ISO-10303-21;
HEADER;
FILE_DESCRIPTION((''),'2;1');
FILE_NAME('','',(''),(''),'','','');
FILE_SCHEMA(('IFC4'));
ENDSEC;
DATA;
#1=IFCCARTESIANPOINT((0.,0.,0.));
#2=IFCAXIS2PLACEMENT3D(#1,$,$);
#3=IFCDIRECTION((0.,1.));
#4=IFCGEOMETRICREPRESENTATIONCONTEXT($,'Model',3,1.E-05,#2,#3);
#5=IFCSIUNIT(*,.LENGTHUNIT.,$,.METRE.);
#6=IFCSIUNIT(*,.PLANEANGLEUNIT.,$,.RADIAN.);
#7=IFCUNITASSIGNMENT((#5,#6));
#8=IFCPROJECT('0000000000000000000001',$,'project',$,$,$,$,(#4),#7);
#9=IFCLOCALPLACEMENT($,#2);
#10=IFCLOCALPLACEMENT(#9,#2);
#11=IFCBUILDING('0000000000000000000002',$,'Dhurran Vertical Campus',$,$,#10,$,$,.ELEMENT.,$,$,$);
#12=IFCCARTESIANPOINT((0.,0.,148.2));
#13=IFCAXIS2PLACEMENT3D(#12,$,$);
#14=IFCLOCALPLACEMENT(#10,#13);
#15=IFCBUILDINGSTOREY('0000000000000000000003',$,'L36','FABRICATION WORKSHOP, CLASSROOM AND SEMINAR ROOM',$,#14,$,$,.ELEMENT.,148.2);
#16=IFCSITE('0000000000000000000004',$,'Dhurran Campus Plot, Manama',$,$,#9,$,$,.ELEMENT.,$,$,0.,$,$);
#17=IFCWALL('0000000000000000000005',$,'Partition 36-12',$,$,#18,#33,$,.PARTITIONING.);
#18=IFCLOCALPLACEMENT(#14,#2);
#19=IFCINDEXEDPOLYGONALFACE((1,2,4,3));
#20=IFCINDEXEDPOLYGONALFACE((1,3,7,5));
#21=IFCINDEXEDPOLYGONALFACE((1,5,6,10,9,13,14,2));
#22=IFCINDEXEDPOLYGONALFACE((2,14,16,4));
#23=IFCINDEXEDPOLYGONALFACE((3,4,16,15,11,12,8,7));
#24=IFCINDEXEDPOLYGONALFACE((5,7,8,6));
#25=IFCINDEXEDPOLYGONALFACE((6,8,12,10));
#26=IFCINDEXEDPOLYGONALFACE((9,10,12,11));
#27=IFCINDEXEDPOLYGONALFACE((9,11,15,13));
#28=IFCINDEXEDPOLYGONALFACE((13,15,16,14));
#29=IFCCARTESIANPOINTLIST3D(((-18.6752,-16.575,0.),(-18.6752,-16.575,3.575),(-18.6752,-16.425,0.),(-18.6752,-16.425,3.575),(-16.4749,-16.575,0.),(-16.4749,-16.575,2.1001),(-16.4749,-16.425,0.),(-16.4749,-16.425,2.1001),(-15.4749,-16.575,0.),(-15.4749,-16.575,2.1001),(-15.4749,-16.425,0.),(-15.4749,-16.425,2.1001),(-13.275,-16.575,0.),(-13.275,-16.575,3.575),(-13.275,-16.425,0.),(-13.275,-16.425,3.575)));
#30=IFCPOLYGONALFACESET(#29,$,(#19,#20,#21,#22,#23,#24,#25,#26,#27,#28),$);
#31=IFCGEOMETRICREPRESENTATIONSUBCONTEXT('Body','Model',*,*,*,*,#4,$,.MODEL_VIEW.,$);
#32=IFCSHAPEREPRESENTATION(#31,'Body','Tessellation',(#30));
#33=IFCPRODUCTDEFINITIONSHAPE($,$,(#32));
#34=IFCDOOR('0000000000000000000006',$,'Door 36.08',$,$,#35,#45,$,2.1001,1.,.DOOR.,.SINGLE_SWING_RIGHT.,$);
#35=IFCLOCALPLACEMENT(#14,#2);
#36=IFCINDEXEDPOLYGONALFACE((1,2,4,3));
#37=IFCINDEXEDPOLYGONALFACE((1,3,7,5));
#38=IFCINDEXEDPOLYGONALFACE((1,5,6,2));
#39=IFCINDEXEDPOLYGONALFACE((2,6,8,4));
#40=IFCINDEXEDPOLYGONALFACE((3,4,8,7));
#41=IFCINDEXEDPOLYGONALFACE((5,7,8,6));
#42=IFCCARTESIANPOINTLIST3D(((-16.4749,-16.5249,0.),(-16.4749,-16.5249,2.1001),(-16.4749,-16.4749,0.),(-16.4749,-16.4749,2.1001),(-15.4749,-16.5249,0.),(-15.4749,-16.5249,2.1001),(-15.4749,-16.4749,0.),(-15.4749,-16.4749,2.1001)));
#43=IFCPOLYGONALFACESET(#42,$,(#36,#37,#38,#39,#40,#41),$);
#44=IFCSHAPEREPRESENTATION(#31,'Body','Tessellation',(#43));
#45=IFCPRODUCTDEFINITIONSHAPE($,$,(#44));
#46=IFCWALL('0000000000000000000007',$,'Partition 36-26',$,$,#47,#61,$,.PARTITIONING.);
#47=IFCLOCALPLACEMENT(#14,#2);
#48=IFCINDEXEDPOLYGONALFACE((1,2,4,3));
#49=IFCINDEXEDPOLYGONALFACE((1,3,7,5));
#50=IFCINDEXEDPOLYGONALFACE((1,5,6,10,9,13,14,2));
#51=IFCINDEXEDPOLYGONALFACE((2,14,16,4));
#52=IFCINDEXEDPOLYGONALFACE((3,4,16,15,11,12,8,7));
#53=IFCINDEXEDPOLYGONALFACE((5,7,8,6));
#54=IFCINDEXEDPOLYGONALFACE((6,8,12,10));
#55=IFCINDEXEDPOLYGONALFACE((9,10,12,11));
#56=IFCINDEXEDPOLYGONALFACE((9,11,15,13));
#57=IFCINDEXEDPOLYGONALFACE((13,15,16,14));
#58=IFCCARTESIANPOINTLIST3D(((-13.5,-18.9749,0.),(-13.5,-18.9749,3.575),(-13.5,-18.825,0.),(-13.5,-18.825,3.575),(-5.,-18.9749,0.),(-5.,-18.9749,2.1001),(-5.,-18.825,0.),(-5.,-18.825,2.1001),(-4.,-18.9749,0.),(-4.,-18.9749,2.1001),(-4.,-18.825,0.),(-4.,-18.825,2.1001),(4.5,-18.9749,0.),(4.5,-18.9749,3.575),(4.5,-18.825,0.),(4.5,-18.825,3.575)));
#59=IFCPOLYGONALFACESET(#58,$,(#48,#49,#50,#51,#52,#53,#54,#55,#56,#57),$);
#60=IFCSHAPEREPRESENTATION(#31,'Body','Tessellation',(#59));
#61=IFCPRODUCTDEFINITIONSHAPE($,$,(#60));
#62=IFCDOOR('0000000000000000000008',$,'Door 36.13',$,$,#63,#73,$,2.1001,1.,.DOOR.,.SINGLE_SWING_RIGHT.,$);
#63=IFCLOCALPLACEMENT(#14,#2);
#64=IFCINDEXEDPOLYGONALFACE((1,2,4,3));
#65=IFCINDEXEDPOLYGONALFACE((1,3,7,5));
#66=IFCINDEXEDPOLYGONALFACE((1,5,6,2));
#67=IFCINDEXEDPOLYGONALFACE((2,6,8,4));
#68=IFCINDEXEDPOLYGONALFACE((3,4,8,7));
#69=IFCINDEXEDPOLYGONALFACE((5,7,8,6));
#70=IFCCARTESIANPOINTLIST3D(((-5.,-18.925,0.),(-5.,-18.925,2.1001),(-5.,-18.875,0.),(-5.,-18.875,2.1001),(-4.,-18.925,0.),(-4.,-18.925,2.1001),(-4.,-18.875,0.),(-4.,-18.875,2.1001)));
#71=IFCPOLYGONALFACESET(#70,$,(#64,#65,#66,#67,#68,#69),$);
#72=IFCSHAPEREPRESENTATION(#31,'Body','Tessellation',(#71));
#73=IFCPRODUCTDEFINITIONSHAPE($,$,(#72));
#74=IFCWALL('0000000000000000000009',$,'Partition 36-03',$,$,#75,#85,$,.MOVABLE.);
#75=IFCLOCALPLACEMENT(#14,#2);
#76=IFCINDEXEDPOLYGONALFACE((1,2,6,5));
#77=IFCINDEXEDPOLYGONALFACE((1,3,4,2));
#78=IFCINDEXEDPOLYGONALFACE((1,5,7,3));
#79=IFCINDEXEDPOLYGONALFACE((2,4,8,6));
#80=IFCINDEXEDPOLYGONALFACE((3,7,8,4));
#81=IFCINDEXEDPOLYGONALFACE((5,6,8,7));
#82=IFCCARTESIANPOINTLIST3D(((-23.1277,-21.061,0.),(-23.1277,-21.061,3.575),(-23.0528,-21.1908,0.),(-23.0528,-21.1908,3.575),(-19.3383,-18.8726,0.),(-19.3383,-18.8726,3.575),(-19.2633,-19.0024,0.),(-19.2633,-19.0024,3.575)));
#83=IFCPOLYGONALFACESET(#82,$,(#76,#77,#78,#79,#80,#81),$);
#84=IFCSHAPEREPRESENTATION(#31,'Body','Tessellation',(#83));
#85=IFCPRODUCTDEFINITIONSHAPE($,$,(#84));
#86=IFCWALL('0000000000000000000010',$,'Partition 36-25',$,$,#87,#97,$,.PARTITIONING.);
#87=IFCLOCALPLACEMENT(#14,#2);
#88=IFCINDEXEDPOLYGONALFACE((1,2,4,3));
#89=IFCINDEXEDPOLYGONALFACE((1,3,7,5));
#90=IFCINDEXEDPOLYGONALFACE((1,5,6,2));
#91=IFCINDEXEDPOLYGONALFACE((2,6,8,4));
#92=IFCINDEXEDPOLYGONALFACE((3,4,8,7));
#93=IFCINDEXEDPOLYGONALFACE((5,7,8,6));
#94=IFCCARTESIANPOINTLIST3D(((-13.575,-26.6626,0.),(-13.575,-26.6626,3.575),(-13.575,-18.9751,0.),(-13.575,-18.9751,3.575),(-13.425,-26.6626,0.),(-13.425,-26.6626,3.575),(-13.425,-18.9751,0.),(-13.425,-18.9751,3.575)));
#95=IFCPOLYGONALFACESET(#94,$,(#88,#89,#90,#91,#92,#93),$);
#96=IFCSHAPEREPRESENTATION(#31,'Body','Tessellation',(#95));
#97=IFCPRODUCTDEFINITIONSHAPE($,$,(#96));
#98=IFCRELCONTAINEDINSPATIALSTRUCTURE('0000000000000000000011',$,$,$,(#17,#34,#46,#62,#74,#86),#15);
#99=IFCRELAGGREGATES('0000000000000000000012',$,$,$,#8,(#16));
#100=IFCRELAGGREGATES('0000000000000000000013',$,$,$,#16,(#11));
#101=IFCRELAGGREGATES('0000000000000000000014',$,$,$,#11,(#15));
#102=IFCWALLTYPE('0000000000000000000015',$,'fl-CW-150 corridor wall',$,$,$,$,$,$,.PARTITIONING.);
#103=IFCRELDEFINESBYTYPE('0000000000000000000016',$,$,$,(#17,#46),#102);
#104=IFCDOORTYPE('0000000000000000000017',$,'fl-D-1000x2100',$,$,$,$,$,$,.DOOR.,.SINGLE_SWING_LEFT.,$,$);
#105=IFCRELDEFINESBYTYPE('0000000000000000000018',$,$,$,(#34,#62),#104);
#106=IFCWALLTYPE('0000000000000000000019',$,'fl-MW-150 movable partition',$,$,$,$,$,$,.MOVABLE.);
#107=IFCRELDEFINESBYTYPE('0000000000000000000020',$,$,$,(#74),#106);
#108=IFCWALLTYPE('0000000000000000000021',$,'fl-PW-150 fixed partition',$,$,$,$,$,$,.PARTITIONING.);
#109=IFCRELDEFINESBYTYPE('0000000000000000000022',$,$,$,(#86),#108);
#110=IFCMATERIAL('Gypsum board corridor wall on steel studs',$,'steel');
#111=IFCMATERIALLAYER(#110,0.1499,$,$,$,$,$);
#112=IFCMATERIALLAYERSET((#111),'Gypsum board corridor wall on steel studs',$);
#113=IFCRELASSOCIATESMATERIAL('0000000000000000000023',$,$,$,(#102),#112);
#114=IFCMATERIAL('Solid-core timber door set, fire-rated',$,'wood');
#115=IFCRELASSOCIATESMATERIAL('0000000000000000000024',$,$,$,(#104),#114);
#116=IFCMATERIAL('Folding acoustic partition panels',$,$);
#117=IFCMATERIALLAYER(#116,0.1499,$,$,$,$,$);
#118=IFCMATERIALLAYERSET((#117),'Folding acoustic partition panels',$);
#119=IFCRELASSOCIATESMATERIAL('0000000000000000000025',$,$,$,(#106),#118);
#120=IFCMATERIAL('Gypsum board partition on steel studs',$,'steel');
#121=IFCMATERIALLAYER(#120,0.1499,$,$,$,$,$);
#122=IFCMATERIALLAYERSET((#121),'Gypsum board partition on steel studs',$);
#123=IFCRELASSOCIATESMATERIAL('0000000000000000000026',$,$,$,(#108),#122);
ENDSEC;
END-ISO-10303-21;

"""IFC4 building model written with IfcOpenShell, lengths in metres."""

from ifc_helpers import new_model, si_unit, direction, frame, frame_2d, origin, place, context, subcontext, project, spatial, rectangle, extrude, material, layer, layer_set, type_object, element, fill, save


model = new_model("IFC4")

# Units and contexts
model_context = context("Model", 3, precision=1e-05, world=origin(), true_north=direction((0.0, 1.0)))
body_context = subcontext(model_context, "Body", "Model", "MODEL_VIEW")
ifc_project = project(units=[si_unit("LENGTHUNIT", "METRE"), si_unit("PLANEANGLEUNIT", "RADIAN")], contexts=[model_context])

# Site, building, storey
site_placement = place(None, origin())
site = spatial("IfcSite", under=ifc_project, at=site_placement, Name="Dhurran Campus Plot, Manama", CompositionType="ELEMENT", RefElevation=0.0)
building_placement = place(site_placement, origin())
building = spatial("IfcBuilding", under=site, at=building_placement, Name="Dhurran Vertical Campus", CompositionType="ELEMENT")
storey_placement = place(building_placement, frame((0.0, 0.0, 148.2)))
storey = spatial("IfcBuildingStorey", under=building, at=storey_placement, Name="L36", Description="FABRICATION WORKSHOP, CLASSROOM AND SEMINAR ROOM", CompositionType="ELEMENT", Elevation=148.2)

# Shared definitions
ifc_material_1 = material(Name="Gypsum board corridor wall on steel studs", Category="steel")
ifc_layer_1 = layer(ifc_material_1, 0.1499)
ifc_layer_set_1 = layer_set([ifc_layer_1], Name="Gypsum board corridor wall on steel studs")
wall_type_1 = type_object("IfcWallType", Name="fl-CW-150 corridor wall", PredefinedType="PARTITIONING", material=ifc_layer_set_1)

# Shared definitions
ifc_material_2 = material(Name="Solid-core timber door set, fire-rated", Category="wood")
door_type = type_object("IfcDoorType", Name="fl-D-1000x2100", OperationType="SINGLE_SWING_LEFT", PredefinedType="DOOR", material=ifc_material_2)

# Walls, openings, doors
wall_1_placement = place(storey_placement, frame((-13.2749, -16.5, 0.0), z_axis=(0.0, 0.0, 1.0), x_axis=(-1.0, 0.0, 0.0)))
wall_1 = element("IfcWall", 1, at=wall_1_placement, inside=storey, type_object=wall_type_1, Name="Partition 36-12", PredefinedType="PARTITIONING", context=body_context, shape_type="SweptSolid", body=[
    extrude(rectangle(XDim=5.4001, YDim=0.1499, at=frame_2d((2.7002, 0.0))), origin(), (0.0, 0.0, 1.0), 3.575),
])
opening_1_placement = place(wall_1_placement, frame((2.2, 0.0, 0.0)))
opening_1 = element("IfcOpeningElement", 2, at=opening_1_placement, cuts=wall_1, PredefinedType="OPENING", context=body_context, shape_type="SweptSolid", body=[
    extrude(rectangle(XDim=1.0, YDim=2.1001, at=frame_2d((0.5, 1.05))), frame((0.0, 0.085, 0.0), z_axis=(0.0, -1.0, 0.0), x_axis=(1.0, 0.0, 0.0)), (0.0, 0.0, 1.0), 0.1699),
])
door_1_placement = place(opening_1_placement, origin())
door_1 = element("IfcDoor", 3, at=door_1_placement, inside=storey, type_object=door_type, Name="Door 36.08", OperationType="SINGLE_SWING_RIGHT", OverallHeight=2.1001, OverallWidth=1.0, PredefinedType="DOOR", context=body_context, shape_type="SweptSolid", body=[
    extrude(rectangle(XDim=1.0, YDim=2.1001, at=frame_2d((0.5, 1.05))), frame((0.0, 0.0249, 0.0), z_axis=(0.0, -1.0, 0.0), x_axis=(1.0, 0.0, 0.0)), (0.0, 0.0, 1.0), 0.05),
])
fill(opening_1, door_1)
wall_2_placement = place(storey_placement, frame((-13.5, -18.8999, 0.0), z_axis=(0.0, 0.0, 1.0), x_axis=(1.0, 0.0, 0.0)))
wall_2 = element("IfcWall", 4, at=wall_2_placement, inside=storey, type_object=wall_type_1, Name="Partition 36-26", PredefinedType="PARTITIONING", context=body_context, shape_type="SweptSolid", body=[
    extrude(rectangle(XDim=18.0, YDim=0.1499, at=frame_2d((9.0, 0.0))), origin(), (0.0, 0.0, 1.0), 3.575),
])
opening_2_placement = place(wall_2_placement, frame((8.5, 0.0, 0.0)))
opening_2 = element("IfcOpeningElement", 5, at=opening_2_placement, cuts=wall_2, PredefinedType="OPENING", context=body_context, shape_type="SweptSolid", body=[
    extrude(rectangle(XDim=1.0, YDim=2.1001, at=frame_2d((0.5, 1.05))), frame((0.0, 0.085, 0.0), z_axis=(0.0, -1.0, 0.0), x_axis=(1.0, 0.0, 0.0)), (0.0, 0.0, 1.0), 0.1699),
])
door_2_placement = place(opening_2_placement, origin())
door_2 = element("IfcDoor", 6, at=door_2_placement, inside=storey, type_object=door_type, Name="Door 36.13", OperationType="SINGLE_SWING_RIGHT", OverallHeight=2.1001, OverallWidth=1.0, PredefinedType="DOOR", context=body_context, shape_type="SweptSolid", body=[
    extrude(rectangle(XDim=1.0, YDim=2.1001, at=frame_2d((0.5, 1.05))), frame((0.0, 0.0249, 0.0), z_axis=(0.0, -1.0, 0.0), x_axis=(1.0, 0.0, 0.0)), (0.0, 0.0, 1.0), 0.05),
])
fill(opening_2, door_2)

# Walls
ifc_material_3 = material(Name="Folding acoustic partition panels")
ifc_layer_2 = layer(ifc_material_3, 0.1499)
ifc_layer_set_2 = layer_set([ifc_layer_2], Name="Folding acoustic partition panels")
wall_type_2 = type_object("IfcWallType", Name="fl-MW-150 movable partition", PredefinedType="MOVABLE", material=ifc_layer_set_2)
wall_3_placement = place(storey_placement, frame((-19.3008, -18.9375, 0.0), z_axis=(0.0, 0.0, 1.0), x_axis=(-0.865968, -0.500099, 0.0)))
element("IfcWall", 7, at=wall_3_placement, inside=storey, type_object=wall_type_2, Name="Partition 36-03", PredefinedType="MOVABLE", context=body_context, shape_type="SweptSolid", body=[
    extrude(rectangle(XDim=4.376, YDim=0.1499, at=frame_2d((2.188, 0.0))), origin(), (0.0, 0.0, 1.0), 3.575),
])
ifc_material_4 = material(Name="Gypsum board partition on steel studs", Category="steel")
ifc_layer_3 = layer(ifc_material_4, 0.1499)
ifc_layer_set_3 = layer_set([ifc_layer_3], Name="Gypsum board partition on steel studs")
wall_type_3 = type_object("IfcWallType", Name="fl-PW-150 fixed partition", PredefinedType="PARTITIONING", material=ifc_layer_set_3)
wall_4_placement = place(storey_placement, frame((-13.5, -18.9751, 0.0), z_axis=(0.0, 0.0, 1.0), x_axis=(0.0, -1.0, 0.0)))
element("IfcWall", 8, at=wall_4_placement, inside=storey, type_object=wall_type_3, Name="Partition 36-25", PredefinedType="PARTITIONING", context=body_context, shape_type="SweptSolid", body=[
    extrude(rectangle(XDim=7.6875, YDim=0.1499, at=frame_2d((3.8438, 0.0))), origin(), (0.0, 0.0, 1.0), 3.575),
])

save(model, "model.ifc")
